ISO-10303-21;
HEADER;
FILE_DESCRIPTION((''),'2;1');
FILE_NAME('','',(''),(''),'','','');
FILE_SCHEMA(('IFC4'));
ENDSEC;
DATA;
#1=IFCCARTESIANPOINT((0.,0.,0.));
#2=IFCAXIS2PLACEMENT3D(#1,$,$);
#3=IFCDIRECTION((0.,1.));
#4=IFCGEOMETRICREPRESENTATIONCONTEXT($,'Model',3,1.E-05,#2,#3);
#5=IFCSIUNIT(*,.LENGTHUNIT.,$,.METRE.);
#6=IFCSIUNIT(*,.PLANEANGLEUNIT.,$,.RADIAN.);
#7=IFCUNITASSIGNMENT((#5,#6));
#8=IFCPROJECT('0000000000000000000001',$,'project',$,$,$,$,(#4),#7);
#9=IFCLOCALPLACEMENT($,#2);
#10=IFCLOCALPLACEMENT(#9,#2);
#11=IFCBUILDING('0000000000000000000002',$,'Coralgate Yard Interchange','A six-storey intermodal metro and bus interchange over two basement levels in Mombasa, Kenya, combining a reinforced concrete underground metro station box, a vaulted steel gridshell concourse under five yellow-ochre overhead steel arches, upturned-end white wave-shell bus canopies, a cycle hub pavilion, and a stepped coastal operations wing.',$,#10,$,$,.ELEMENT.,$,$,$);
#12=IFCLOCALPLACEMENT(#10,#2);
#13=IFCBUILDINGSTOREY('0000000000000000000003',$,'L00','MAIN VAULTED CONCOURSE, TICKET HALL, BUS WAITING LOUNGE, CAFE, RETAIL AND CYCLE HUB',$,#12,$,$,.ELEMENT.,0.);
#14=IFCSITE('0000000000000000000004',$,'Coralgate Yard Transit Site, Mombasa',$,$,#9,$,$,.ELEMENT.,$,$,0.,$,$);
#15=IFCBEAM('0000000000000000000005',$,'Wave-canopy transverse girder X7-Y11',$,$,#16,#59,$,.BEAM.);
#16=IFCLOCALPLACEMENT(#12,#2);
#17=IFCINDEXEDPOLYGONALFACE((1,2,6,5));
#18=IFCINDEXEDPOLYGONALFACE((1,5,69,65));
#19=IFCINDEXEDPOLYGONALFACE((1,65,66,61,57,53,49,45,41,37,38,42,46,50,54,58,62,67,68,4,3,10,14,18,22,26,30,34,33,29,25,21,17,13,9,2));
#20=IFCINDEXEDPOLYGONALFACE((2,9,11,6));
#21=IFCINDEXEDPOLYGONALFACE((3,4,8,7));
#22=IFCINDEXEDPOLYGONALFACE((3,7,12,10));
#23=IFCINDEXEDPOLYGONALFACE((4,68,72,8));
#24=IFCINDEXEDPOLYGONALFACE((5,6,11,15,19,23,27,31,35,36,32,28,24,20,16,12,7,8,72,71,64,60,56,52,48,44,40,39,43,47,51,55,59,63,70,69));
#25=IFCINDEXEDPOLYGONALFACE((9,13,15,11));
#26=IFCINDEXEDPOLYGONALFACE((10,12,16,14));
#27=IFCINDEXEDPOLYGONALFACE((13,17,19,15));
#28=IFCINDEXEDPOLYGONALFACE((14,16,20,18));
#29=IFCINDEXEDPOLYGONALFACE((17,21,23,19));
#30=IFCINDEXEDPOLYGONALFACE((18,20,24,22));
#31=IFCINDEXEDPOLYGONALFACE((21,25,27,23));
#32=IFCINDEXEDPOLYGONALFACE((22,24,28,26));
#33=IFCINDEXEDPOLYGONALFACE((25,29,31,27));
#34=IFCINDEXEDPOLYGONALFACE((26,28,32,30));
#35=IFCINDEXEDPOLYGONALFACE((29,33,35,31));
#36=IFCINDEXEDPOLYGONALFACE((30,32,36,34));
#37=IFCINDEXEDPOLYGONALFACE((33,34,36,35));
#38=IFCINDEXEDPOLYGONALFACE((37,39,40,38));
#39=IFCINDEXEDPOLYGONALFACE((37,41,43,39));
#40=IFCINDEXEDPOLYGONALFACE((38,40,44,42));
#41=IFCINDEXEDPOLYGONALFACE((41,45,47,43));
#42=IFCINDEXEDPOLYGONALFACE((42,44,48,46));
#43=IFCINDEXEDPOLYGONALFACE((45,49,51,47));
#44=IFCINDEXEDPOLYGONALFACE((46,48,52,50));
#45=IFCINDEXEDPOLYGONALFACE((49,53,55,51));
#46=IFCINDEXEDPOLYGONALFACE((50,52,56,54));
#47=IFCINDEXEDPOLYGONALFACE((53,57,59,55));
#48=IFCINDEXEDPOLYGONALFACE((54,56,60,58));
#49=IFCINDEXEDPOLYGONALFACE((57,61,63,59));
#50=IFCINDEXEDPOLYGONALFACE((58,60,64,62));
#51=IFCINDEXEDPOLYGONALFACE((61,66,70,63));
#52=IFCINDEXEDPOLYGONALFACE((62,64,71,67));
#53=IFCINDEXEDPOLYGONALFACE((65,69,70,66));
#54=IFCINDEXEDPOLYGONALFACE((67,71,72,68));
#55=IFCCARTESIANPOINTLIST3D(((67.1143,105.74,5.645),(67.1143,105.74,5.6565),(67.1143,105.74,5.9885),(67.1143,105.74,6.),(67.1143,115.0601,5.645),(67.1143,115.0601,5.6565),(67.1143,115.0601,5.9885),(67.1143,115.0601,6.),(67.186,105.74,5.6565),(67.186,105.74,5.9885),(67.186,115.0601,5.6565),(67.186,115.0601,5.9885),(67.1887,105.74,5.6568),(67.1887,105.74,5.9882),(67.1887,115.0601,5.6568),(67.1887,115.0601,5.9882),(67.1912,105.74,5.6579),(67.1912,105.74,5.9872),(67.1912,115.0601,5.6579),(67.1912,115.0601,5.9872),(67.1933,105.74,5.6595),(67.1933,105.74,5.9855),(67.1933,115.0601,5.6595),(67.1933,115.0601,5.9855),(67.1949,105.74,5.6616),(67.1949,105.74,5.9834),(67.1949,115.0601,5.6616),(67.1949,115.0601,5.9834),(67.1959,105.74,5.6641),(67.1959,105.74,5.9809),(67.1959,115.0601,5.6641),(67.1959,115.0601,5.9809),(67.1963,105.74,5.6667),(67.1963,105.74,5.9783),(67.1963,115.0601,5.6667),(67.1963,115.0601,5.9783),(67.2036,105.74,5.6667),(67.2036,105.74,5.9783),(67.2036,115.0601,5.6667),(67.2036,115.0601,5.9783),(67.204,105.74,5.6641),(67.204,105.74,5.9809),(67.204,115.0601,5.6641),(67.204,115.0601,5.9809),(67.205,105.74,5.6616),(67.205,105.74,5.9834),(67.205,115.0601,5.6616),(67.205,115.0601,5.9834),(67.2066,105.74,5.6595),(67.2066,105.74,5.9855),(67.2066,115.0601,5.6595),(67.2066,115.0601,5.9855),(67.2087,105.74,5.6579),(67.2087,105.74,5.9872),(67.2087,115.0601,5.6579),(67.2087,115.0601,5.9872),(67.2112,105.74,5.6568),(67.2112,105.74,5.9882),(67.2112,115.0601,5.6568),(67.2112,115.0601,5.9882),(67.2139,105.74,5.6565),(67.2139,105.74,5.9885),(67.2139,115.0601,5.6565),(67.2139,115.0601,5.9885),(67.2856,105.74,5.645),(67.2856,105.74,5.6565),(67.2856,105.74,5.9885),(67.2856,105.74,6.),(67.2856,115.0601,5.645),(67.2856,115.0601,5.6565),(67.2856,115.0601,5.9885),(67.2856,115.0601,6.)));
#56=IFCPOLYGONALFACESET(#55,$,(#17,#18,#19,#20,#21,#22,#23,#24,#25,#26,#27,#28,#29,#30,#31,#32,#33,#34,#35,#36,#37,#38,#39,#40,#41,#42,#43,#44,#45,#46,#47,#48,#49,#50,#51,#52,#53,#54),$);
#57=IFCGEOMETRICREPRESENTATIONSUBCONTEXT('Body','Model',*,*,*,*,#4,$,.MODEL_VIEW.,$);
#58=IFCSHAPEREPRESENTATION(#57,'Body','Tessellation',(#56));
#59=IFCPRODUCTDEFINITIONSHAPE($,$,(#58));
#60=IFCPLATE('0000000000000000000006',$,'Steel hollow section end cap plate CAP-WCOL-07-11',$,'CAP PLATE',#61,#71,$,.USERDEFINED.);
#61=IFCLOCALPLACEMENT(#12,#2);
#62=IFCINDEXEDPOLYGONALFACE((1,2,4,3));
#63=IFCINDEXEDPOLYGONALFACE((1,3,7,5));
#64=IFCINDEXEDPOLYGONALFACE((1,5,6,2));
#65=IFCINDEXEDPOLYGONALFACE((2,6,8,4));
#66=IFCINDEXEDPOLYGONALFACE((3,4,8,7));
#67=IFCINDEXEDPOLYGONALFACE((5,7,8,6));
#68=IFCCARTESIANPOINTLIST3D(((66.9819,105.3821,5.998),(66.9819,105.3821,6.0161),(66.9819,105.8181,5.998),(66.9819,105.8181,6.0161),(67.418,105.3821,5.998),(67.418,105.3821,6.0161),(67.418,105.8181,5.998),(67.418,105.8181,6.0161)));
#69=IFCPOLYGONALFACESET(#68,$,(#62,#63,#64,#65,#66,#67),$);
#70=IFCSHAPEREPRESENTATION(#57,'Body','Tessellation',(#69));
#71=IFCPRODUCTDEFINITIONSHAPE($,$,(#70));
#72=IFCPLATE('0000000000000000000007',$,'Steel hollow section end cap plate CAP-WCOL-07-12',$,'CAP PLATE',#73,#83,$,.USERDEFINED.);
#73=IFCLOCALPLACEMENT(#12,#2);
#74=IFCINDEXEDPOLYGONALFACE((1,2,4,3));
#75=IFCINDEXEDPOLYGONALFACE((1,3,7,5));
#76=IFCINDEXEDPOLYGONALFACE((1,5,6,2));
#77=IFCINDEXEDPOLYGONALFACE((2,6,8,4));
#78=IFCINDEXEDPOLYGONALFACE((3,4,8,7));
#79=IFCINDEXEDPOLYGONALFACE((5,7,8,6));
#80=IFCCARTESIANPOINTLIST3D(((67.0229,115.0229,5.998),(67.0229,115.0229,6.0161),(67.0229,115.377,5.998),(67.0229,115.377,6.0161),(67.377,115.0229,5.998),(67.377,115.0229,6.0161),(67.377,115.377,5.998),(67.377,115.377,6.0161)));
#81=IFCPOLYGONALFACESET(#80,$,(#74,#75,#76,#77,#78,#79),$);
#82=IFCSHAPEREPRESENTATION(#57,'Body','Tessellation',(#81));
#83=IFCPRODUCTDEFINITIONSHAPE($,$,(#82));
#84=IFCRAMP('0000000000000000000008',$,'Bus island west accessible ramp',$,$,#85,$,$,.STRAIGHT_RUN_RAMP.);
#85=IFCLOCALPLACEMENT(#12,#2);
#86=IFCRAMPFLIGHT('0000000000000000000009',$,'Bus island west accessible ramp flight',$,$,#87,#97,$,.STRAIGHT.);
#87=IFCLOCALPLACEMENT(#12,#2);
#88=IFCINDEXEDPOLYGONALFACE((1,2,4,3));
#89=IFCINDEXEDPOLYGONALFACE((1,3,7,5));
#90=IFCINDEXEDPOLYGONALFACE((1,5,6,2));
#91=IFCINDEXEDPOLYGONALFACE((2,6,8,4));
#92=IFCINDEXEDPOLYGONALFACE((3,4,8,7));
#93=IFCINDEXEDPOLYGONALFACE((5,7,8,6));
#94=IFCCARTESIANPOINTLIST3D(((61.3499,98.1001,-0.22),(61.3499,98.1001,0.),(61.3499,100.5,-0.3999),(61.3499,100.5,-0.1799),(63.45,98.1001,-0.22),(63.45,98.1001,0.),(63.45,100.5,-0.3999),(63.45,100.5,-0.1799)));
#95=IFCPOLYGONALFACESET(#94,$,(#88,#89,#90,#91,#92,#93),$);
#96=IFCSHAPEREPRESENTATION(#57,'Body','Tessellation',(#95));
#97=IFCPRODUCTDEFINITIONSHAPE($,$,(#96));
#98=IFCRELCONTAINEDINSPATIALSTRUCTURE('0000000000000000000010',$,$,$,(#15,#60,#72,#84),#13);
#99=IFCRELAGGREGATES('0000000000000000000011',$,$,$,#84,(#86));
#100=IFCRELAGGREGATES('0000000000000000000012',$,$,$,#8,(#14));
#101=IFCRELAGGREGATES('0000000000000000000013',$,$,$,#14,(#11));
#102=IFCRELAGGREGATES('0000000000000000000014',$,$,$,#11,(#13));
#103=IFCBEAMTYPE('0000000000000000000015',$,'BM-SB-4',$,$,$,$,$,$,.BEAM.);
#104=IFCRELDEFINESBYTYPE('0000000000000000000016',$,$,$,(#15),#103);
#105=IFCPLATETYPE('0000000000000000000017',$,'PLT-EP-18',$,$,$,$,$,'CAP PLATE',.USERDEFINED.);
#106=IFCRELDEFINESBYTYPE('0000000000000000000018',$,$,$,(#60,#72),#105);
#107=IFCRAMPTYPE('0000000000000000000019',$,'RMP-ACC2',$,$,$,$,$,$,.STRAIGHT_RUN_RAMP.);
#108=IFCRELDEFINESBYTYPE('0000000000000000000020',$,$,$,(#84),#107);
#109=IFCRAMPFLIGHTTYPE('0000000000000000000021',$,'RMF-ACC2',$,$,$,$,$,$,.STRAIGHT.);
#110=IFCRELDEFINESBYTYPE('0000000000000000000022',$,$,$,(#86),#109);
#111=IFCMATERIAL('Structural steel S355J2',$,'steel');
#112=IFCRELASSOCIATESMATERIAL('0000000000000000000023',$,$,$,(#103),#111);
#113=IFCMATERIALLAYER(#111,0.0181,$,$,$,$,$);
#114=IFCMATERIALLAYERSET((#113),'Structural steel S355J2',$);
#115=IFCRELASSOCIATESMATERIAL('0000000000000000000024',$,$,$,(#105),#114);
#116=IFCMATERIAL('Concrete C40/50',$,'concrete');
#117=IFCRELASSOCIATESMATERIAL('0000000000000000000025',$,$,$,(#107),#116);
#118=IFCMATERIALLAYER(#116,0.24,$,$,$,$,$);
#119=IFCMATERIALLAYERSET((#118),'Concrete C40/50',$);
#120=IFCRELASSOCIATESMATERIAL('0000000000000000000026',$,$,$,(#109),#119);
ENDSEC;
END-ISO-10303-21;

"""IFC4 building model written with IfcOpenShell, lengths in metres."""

from ifc_helpers import new_model, si_unit, direction, frame, origin, origin_2d, place, context, subcontext, project, spatial, polyline, rectangle, i_section, outline, extrude, material, layer, layer_set, material_profile, profile_set, type_object, element, aggregate, save


model = new_model("IFC4")

# Units and contexts
model_context = context("Model", 3, precision=1e-05, world=origin(), true_north=direction((0.0, 1.0)))
body_context = subcontext(model_context, "Body", "Model", "MODEL_VIEW")
ifc_project = project(units=[si_unit("LENGTHUNIT", "METRE"), si_unit("PLANEANGLEUNIT", "RADIAN")], contexts=[model_context])

# Site, building, storey
site_placement = place(None, origin())
site = spatial("IfcSite", under=ifc_project, at=site_placement, Name="Coralgate Yard Transit Site, Mombasa", CompositionType="ELEMENT", RefElevation=0.0)
building_placement = place(site_placement, origin())
building = spatial("IfcBuilding", under=site, at=building_placement, Name="Coralgate Yard Interchange", Description="A six-storey intermodal metro and bus interchange over two basement levels in Mombasa, Kenya, combining a reinforced concrete underground metro station box, a vaulted steel gridshell concourse under five yellow-ochre overhead steel arches, upturned-end white wave-shell bus canopies, a cycle hub pavilion, and a stepped coastal operations wing.", CompositionType="ELEMENT")
storey_placement = place(building_placement, origin())
storey = spatial("IfcBuildingStorey", under=building, at=storey_placement, Name="L00", Description="MAIN VAULTED CONCOURSE, TICKET HALL, BUS WAITING LOUNGE, CAFE, RETAIL AND CYCLE HUB", CompositionType="ELEMENT", Elevation=0.0)

# Shared definitions
ifc_material_1 = material(Name="Concrete C40/50", Category="concrete")

# Shared definitions
ifc_material_2 = material(Name="Structural steel S355J2", Category="steel")

# Beam
ifc_material_profile_1 = material_profile(ifc_material_2, i_section(OverallWidth=0.1714, OverallDepth=0.355, WebThickness=0.0073, FlangeThickness=0.0115, FilletRadius=0.0103, at=origin_2d()), Name="UB 356x171x51")
ifc_profile_set_1 = profile_set([ifc_material_profile_1], Name="Structural steel S355J2")
beam_type_1 = type_object("IfcBeamType", Name="BM-SB-4", PredefinedType="BEAM", material=ifc_profile_set_1)
for number, where, z_axis, x_axis, name in (
    (1, (67.2, 105.74, 5.8225), (0.0, 1.0, 0.0), (-1.0, 0.0, 0.0), "Wave-canopy transverse girder X7-Y11"),
):
    element("IfcBeam", number, at=place(storey_placement, frame(where, z_axis=z_axis, x_axis=x_axis)), inside=storey, type_object=beam_type_1, Name=name, PredefinedType="BEAM", context=body_context, shape_type="SweptSolid", body=[
        extrude(i_section(OverallWidth=0.1714, OverallDepth=0.355, WebThickness=0.0073, FlangeThickness=0.0115, FilletRadius=0.0103, at=origin_2d()), origin(), (0.0, 0.0, 1.0), 9.3201),
    ])

# Plates
ifc_layer_1 = layer(ifc_material_2, 0.0181)
ifc_layer_set_1 = layer_set([ifc_layer_1], Name="Structural steel S355J2")
plate_type = type_object("IfcPlateType", Name="PLT-EP-18", ElementType="CAP PLATE", PredefinedType="USERDEFINED", material=ifc_layer_set_1)
plate_1_placement = place(storey_placement, frame((67.2, 105.6001, 5.998), z_axis=(0.0, 0.0, 1.0), x_axis=(1.0, 0.0, 0.0)))
element("IfcPlate", 2, at=plate_1_placement, inside=storey, type_object=plate_type, Name="Steel hollow section end cap plate CAP-WCOL-07-11", ObjectType="CAP PLATE", PredefinedType="USERDEFINED", context=body_context, shape_type="SweptSolid", body=[
    extrude(rectangle(XDim=0.436, YDim=0.436, at=origin_2d()), origin(), (0.0, 0.0, 1.0), 0.0181),
])
plate_2_placement = place(storey_placement, frame((67.2, 115.2, 5.998), z_axis=(0.0, 0.0, 1.0), x_axis=(1.0, 0.0, 0.0)))
element("IfcPlate", 3, at=plate_2_placement, inside=storey, type_object=plate_type, Name="Steel hollow section end cap plate CAP-WCOL-07-12", ObjectType="CAP PLATE", PredefinedType="USERDEFINED", context=body_context, shape_type="SweptSolid", body=[
    extrude(rectangle(XDim=0.354, YDim=0.354, at=origin_2d()), origin(), (0.0, 0.0, 1.0), 0.0181),
])

# Ramp, ramp flight
ramp_type = type_object("IfcRampType", Name="RMP-ACC2", PredefinedType="STRAIGHT_RUN_RAMP", material=ifc_material_1)
ramp_placement = place(storey_placement, origin())
ramp = element("IfcRamp", 4, at=ramp_placement, inside=storey, type_object=ramp_type, Name="Bus island west accessible ramp", PredefinedType="STRAIGHT_RUN_RAMP")
ifc_layer_2 = layer(ifc_material_1, 0.24)
ifc_layer_set_2 = layer_set([ifc_layer_2], Name="Concrete C40/50")
ramp_flight_type = type_object("IfcRampFlightType", Name="RMF-ACC2", PredefinedType="STRAIGHT", material=ifc_layer_set_2)
ramp_flight_placement = place(storey_placement, frame((62.3999, 100.5, -0.1799), z_axis=(0.0, 0.0, 1.0), x_axis=(0.0, -1.0, 0.0)))
ramp_flight = element("IfcRampFlight", 5, at=ramp_flight_placement, type_object=ramp_flight_type, Name="Bus island west accessible ramp flight", PredefinedType="STRAIGHT", context=body_context, shape_type="SweptSolid", body=[
    extrude(outline(polyline([(0.0, 0.0), (2.3999, 0.1799), (2.3999, -0.04), (0.0, -0.22), (0.0, 0.0)])), frame((0.0, 1.05, 0.0), z_axis=(0.0, -1.0, 0.0), x_axis=(1.0, 0.0, 0.0)), (0.0, 0.0, 1.0), 2.1001),
])
aggregate(ramp, [ramp_flight])

save(model, "model.ifc")
